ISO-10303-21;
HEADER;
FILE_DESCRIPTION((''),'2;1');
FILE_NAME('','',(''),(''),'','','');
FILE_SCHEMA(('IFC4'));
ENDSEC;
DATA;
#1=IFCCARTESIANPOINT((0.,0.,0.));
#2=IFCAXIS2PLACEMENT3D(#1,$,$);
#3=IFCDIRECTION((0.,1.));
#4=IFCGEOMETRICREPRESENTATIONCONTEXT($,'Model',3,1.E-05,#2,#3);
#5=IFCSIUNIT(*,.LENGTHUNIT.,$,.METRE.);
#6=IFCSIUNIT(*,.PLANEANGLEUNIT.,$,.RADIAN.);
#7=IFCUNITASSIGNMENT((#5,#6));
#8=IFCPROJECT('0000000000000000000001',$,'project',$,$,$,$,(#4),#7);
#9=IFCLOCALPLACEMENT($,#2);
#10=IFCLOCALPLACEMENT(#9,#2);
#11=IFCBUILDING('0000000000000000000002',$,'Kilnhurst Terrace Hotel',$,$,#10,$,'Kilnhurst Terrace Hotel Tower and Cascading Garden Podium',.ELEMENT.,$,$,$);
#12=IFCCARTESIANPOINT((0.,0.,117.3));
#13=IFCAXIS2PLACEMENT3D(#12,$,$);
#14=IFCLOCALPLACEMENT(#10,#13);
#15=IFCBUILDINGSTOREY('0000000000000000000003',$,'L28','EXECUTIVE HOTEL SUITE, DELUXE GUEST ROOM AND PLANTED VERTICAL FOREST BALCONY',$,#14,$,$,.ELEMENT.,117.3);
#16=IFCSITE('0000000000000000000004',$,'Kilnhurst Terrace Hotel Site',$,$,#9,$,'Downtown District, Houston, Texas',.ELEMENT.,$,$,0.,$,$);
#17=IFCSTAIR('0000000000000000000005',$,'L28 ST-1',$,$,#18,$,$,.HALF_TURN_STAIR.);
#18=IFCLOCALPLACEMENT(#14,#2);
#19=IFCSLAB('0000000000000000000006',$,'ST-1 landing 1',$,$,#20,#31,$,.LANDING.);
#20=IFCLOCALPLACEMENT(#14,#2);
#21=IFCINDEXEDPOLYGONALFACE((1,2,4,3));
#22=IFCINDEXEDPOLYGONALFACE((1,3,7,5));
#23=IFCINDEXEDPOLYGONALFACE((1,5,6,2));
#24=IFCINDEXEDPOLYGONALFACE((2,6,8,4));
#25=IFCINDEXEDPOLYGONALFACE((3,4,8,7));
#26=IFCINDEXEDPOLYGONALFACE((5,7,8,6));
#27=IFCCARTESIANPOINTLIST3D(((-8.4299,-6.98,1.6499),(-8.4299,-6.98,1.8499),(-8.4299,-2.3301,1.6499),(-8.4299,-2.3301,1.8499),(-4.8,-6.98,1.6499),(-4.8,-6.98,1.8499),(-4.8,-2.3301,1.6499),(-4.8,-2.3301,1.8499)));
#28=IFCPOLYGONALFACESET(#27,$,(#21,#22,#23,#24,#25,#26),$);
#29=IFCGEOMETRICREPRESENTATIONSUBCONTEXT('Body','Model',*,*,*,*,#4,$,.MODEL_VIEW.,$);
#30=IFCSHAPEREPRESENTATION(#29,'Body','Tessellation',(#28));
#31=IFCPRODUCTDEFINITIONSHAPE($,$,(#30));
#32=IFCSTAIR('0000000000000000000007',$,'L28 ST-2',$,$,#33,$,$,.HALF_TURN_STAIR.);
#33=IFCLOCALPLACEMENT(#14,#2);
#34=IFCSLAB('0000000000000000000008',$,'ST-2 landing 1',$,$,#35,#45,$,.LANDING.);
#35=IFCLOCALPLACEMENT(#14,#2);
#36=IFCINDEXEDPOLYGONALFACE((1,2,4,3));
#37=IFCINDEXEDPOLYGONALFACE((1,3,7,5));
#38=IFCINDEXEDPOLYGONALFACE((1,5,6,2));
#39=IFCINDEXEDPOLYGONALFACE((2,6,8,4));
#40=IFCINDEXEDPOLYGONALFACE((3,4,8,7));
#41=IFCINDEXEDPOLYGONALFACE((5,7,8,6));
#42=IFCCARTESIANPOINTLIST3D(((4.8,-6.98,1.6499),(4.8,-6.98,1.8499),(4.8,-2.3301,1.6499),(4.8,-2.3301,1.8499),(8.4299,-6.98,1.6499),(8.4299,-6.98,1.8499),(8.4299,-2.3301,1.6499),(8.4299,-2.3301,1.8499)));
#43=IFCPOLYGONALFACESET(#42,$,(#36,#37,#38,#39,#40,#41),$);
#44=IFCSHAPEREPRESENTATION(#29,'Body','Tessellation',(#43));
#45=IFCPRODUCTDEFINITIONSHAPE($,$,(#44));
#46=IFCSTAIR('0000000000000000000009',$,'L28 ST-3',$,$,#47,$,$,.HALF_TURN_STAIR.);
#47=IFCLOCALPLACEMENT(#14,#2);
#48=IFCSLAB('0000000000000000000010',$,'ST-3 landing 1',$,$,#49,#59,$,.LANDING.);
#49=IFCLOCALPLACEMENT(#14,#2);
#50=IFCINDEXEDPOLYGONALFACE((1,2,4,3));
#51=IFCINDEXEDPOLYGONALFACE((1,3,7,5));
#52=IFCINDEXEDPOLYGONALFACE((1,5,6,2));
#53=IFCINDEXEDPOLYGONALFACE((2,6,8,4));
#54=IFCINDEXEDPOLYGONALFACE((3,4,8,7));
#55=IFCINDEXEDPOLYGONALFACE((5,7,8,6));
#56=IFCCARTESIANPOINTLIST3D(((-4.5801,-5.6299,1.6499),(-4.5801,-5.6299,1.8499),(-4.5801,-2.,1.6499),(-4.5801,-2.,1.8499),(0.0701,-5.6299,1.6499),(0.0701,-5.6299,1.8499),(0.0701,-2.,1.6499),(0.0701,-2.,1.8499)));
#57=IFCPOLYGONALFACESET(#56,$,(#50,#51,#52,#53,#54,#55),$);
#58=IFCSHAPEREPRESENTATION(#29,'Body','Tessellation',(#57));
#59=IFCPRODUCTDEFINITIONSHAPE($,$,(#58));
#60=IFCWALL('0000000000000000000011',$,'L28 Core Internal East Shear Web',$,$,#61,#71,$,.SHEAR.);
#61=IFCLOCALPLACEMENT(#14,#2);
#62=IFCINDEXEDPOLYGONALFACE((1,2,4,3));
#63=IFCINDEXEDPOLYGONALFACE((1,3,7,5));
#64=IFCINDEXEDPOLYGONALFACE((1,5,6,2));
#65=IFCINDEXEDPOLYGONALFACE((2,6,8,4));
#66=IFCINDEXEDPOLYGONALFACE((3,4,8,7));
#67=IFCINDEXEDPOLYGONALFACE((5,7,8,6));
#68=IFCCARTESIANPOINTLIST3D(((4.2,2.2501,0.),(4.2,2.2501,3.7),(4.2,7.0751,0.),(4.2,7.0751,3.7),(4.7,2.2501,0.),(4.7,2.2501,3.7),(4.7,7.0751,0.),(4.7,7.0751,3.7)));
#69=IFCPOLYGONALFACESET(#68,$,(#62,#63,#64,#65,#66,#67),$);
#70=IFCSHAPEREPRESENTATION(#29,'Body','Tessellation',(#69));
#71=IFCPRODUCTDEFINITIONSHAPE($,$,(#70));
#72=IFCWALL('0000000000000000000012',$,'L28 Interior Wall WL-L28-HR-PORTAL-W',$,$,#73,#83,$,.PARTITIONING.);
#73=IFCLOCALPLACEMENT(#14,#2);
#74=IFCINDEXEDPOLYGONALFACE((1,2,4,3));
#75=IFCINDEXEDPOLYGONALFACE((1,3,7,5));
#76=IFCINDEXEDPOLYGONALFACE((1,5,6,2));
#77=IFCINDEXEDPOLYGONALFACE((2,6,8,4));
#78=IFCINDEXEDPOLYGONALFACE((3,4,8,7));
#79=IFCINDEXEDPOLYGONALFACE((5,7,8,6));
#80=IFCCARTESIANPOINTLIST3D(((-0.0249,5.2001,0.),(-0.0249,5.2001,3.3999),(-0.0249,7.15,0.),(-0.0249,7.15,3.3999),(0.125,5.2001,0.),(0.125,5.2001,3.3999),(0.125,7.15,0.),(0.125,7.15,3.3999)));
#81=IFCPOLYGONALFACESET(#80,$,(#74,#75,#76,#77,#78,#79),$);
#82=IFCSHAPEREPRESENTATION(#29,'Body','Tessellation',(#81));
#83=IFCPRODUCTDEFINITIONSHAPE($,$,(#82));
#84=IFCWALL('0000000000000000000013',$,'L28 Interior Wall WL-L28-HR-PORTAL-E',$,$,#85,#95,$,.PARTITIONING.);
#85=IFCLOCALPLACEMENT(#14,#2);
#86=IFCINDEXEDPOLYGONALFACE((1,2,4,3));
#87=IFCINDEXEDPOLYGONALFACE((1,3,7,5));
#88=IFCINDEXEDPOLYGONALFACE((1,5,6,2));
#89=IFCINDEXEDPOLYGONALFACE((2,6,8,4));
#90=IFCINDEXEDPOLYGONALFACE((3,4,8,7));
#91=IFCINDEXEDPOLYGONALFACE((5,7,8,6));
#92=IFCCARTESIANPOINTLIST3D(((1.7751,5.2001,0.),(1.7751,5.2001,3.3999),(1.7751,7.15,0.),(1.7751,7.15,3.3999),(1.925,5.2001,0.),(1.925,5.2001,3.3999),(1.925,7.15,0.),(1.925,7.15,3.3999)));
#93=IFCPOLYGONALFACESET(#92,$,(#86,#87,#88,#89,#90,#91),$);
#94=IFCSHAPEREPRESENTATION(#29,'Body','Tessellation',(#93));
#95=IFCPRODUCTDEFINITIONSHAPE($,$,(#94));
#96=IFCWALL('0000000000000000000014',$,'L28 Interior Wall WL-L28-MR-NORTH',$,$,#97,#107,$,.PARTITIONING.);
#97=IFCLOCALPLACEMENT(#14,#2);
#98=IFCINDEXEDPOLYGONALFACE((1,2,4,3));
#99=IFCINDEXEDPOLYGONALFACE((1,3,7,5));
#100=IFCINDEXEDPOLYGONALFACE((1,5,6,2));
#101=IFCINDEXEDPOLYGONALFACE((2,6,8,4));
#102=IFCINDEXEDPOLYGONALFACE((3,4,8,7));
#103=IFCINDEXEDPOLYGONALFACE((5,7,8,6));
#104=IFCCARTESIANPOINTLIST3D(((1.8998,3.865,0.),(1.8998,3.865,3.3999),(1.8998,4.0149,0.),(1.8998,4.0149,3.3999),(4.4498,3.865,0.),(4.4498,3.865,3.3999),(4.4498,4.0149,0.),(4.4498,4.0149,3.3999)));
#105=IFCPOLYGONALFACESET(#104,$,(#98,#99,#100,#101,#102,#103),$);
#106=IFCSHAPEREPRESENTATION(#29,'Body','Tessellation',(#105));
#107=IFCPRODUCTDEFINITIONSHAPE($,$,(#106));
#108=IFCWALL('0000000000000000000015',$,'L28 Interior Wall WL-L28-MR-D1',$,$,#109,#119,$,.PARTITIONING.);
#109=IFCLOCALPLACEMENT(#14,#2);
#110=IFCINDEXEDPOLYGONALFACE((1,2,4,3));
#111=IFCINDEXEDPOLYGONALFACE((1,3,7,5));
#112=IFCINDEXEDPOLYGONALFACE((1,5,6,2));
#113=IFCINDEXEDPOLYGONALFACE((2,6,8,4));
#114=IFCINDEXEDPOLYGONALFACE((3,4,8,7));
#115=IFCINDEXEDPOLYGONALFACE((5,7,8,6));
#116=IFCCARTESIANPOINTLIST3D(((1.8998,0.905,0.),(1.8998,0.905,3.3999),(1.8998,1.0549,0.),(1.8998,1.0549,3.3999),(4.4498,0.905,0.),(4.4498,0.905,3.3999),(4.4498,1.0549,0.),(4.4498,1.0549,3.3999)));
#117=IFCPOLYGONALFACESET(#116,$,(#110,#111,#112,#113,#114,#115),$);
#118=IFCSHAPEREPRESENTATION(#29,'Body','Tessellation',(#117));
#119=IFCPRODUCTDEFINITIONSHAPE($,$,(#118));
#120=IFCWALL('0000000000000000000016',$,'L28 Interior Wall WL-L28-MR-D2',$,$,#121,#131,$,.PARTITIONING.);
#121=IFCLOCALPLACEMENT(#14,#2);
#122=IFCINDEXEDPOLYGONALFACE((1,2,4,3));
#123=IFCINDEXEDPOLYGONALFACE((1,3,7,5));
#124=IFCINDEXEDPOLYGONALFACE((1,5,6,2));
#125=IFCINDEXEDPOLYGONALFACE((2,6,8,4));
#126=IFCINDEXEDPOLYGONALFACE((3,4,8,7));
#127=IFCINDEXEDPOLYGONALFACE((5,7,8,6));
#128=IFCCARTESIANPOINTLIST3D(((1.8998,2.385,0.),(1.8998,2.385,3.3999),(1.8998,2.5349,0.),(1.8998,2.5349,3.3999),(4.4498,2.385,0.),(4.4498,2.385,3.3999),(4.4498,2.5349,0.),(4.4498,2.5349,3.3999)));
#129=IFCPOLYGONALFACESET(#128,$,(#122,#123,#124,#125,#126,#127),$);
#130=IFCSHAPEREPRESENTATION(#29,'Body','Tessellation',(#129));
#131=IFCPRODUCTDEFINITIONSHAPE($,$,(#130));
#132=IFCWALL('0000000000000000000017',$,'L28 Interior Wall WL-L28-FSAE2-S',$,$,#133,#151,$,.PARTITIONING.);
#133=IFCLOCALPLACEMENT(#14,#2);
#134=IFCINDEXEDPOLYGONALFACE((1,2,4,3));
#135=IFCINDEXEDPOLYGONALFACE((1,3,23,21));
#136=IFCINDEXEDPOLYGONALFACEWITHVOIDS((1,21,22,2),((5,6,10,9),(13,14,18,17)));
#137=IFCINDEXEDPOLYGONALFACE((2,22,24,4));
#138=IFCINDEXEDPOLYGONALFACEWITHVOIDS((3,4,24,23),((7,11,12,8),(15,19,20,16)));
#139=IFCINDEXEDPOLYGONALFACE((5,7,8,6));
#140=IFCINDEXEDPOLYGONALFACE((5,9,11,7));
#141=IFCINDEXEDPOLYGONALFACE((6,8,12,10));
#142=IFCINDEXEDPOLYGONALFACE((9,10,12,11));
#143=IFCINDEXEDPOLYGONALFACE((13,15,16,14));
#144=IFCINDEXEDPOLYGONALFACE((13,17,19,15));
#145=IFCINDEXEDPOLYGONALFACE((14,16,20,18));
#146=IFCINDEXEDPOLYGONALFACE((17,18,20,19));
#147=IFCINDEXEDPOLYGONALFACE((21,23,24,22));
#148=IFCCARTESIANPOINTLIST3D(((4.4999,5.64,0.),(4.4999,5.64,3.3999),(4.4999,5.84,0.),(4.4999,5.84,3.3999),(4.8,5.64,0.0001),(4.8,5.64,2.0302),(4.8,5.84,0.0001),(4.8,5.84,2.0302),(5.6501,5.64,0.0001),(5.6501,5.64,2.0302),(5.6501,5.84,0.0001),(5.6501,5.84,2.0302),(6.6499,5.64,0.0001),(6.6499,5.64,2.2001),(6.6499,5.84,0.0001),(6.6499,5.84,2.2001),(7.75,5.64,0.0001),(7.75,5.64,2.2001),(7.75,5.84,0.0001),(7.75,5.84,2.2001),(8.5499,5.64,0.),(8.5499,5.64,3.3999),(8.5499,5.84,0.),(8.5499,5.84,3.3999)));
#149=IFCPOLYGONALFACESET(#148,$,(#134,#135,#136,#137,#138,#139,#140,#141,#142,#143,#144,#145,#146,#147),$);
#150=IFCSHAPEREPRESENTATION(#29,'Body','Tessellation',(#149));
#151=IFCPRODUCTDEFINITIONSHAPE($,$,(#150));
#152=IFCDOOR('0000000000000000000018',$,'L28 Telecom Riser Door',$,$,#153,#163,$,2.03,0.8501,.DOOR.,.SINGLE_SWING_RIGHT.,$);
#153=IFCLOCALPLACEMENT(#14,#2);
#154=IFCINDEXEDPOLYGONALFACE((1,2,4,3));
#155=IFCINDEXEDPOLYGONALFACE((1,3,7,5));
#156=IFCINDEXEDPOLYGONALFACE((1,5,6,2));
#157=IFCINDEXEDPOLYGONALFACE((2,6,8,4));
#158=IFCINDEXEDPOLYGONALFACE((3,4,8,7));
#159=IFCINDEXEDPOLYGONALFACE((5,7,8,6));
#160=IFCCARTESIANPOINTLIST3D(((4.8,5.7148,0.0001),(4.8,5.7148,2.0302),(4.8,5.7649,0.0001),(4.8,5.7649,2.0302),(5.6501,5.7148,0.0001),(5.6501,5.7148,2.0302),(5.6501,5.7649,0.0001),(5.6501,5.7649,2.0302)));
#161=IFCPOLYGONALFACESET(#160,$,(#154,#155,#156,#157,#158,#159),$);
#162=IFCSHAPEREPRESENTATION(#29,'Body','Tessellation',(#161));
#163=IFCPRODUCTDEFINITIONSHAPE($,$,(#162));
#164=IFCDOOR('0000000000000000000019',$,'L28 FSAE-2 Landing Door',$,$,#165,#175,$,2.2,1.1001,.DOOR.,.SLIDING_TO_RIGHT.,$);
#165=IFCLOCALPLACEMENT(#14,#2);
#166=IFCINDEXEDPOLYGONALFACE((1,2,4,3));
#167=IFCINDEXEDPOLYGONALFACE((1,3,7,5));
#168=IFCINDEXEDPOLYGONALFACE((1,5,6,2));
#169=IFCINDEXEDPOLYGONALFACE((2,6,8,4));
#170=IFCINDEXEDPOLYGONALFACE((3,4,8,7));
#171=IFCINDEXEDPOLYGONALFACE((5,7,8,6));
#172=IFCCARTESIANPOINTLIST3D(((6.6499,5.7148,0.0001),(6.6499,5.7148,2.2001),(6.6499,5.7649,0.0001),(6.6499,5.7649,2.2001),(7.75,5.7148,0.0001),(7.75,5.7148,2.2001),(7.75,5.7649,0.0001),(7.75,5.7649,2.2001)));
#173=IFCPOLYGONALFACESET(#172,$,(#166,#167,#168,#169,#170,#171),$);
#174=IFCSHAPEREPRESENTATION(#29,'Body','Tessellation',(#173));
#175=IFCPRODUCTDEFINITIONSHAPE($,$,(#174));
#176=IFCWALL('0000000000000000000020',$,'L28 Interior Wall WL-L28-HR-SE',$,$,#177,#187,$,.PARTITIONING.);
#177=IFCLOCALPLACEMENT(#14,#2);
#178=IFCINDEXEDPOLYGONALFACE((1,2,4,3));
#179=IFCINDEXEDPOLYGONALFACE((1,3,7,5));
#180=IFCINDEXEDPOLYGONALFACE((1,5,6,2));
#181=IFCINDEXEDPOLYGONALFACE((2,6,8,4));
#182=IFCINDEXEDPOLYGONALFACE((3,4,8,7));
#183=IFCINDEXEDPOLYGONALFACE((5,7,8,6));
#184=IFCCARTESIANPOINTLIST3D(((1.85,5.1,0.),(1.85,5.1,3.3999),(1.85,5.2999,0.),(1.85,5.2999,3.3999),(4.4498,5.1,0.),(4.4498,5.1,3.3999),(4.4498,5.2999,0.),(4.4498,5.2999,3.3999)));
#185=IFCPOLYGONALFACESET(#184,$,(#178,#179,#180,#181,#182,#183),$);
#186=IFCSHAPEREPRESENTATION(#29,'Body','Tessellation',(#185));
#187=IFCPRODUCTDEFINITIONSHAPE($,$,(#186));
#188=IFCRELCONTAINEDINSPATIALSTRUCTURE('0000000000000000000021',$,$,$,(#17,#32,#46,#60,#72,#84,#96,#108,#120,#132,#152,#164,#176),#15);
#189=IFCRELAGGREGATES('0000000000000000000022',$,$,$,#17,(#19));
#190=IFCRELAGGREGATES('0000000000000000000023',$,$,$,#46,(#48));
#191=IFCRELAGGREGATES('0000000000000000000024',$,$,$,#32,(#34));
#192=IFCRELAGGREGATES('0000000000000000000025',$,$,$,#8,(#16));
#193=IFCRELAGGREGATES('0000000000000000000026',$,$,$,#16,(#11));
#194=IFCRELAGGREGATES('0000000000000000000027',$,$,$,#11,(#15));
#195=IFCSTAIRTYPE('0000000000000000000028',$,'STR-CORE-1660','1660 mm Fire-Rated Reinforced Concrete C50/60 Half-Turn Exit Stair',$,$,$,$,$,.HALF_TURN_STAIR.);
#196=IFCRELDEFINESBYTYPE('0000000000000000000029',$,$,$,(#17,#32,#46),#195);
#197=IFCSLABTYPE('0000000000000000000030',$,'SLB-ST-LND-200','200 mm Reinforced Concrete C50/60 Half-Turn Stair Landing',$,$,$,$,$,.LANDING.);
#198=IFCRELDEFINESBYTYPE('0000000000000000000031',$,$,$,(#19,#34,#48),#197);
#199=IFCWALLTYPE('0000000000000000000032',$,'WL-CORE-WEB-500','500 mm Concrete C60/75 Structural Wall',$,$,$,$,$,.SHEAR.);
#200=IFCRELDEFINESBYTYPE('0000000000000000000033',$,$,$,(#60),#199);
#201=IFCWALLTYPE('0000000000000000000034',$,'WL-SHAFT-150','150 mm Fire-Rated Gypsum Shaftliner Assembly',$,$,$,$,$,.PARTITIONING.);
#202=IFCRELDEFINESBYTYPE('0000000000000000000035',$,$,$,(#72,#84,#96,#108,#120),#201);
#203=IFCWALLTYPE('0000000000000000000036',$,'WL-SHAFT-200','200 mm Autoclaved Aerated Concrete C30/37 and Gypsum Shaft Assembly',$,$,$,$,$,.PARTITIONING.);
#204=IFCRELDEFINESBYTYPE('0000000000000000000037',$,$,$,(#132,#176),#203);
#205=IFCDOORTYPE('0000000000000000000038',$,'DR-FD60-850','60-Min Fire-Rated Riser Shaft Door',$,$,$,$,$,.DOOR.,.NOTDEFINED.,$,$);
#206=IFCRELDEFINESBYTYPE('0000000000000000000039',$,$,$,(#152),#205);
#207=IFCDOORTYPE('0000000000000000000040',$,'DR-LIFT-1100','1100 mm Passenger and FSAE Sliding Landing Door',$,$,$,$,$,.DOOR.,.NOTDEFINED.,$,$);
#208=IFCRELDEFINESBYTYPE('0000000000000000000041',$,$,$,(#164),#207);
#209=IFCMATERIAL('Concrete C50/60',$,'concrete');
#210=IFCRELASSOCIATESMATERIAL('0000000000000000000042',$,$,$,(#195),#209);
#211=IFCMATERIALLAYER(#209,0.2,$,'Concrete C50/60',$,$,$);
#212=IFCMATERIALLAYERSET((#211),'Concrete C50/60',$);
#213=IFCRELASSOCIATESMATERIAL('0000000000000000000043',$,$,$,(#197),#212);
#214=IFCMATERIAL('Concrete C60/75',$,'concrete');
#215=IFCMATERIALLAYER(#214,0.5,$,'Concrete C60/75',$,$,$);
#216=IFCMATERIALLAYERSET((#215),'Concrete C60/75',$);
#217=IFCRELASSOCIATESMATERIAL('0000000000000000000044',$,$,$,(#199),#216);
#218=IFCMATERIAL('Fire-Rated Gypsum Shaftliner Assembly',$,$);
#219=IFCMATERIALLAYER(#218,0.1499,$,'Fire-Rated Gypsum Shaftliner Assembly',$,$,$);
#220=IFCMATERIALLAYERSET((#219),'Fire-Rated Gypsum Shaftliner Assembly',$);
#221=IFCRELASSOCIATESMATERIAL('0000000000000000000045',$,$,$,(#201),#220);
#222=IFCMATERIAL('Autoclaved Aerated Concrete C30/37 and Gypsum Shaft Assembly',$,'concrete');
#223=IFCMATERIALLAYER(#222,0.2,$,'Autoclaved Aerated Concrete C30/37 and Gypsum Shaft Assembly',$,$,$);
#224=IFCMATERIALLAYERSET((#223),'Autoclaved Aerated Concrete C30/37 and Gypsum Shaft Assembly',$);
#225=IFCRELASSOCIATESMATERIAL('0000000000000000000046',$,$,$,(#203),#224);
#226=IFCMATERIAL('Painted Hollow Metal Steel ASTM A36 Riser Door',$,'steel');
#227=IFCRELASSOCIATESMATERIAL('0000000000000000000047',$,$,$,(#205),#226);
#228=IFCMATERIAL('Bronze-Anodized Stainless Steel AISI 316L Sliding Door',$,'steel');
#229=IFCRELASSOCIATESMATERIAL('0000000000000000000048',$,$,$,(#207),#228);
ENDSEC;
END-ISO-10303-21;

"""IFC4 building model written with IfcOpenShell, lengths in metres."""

from ifc_helpers import new_model, si_unit, direction, frame, frame_2d, origin, place, context, subcontext, project, spatial, polyline, rectangle, outline, extrude, material, layer, layer_set, type_object, element, fill, aggregate, save


model = new_model("IFC4")

# Units and contexts
model_context = context("Model", 3, precision=1e-05, world=origin(), true_north=direction((0.0, 1.0)))
body_context = subcontext(model_context, "Body", "Model", "MODEL_VIEW")
ifc_project = project(units=[si_unit("LENGTHUNIT", "METRE"), si_unit("PLANEANGLEUNIT", "RADIAN")], contexts=[model_context])

# Site, building, storey
site_placement = place(None, origin())
site = spatial("IfcSite", under=ifc_project, at=site_placement, Name="Kilnhurst Terrace Hotel Site", LongName="Downtown District, Houston, Texas", CompositionType="ELEMENT", RefElevation=0.0)
building_placement = place(site_placement, origin())
building = spatial("IfcBuilding", under=site, at=building_placement, Name="Kilnhurst Terrace Hotel", LongName="Kilnhurst Terrace Hotel Tower and Cascading Garden Podium", CompositionType="ELEMENT")
storey_placement = place(building_placement, frame((0.0, 0.0, 117.3)))
storey = spatial("IfcBuildingStorey", under=building, at=storey_placement, Name="L28", Description="EXECUTIVE HOTEL SUITE, DELUXE GUEST ROOM AND PLANTED VERTICAL FOREST BALCONY", CompositionType="ELEMENT", Elevation=117.3)

# Stairs, slabs
ifc_material_1 = material(Name="Concrete C50/60", Category="concrete")
stair_type = type_object("IfcStairType", Name="STR-CORE-1660", Description="1660 mm Fire-Rated Reinforced Concrete C50/60 Half-Turn Exit Stair", PredefinedType="HALF_TURN_STAIR", material=ifc_material_1)
stair_1_placement = place(storey_placement, origin())
stair_1 = element("IfcStair", 1, at=stair_1_placement, inside=storey, type_object=stair_type, Name="L28 ST-1", PredefinedType="HALF_TURN_STAIR")
ifc_layer_1 = layer(ifc_material_1, 0.2, Name="Concrete C50/60")
ifc_layer_set_1 = layer_set([ifc_layer_1], Name="Concrete C50/60")
slab_type = type_object("IfcSlabType", Name="SLB-ST-LND-200", Description="200 mm Reinforced Concrete C50/60 Half-Turn Stair Landing", PredefinedType="LANDING", material=ifc_layer_set_1)
slab_1_placement = place(storey_placement, frame((0.0, 0.0, 1.6499)))
slab_1 = element("IfcSlab", 2, at=slab_1_placement, type_object=slab_type, Name="ST-1 landing 1", PredefinedType="LANDING", context=body_context, shape_type="SweptSolid", body=[
    extrude(outline(polyline([(-8.4299, -2.3301), (-4.8, -2.3301), (-4.8, -6.98), (-8.4299, -6.98), (-8.4299, -2.3301)])), origin(), (0.0, 0.0, 1.0), 0.2),
])
aggregate(stair_1, [slab_1])
stair_2_placement = place(storey_placement, origin())
stair_2 = element("IfcStair", 3, at=stair_2_placement, inside=storey, type_object=stair_type, Name="L28 ST-2", PredefinedType="HALF_TURN_STAIR")
slab_2_placement = place(storey_placement, frame((0.0, 0.0, 1.6499)))
slab_2 = element("IfcSlab", 4, at=slab_2_placement, type_object=slab_type, Name="ST-2 landing 1", PredefinedType="LANDING", context=body_context, shape_type="SweptSolid", body=[
    extrude(outline(polyline([(4.8, -2.3301), (8.4299, -2.3301), (8.4299, -6.98), (4.8, -6.98), (4.8, -2.3301)])), origin(), (0.0, 0.0, 1.0), 0.2),
])
stair_3_placement = place(storey_placement, origin())
stair_3 = element("IfcStair", 5, at=stair_3_placement, inside=storey, type_object=stair_type, Name="L28 ST-3", PredefinedType="HALF_TURN_STAIR")
slab_3_placement = place(storey_placement, frame((0.0, 0.0, 1.6499)))
slab_3 = element("IfcSlab", 6, at=slab_3_placement, type_object=slab_type, Name="ST-3 landing 1", PredefinedType="LANDING", context=body_context, shape_type="SweptSolid", body=[
    extrude(outline(polyline([(0.0701, -2.0), (0.0701, -5.6299), (-4.5801, -5.6299), (-4.5801, -2.0), (0.0701, -2.0)])), origin(), (0.0, 0.0, 1.0), 0.2),
])
aggregate(stair_3, [slab_3])

# Walls
ifc_material_2 = material(Name="Concrete C60/75", Category="concrete")
ifc_layer_2 = layer(ifc_material_2, 0.5, Name="Concrete C60/75")
ifc_layer_set_2 = layer_set([ifc_layer_2], Name="Concrete C60/75")
wall_type_1 = type_object("IfcWallType", Name="WL-CORE-WEB-500", Description="500 mm Concrete C60/75 Structural Wall", PredefinedType="SHEAR", material=ifc_layer_set_2)
wall_1_placement = place(storey_placement, frame((4.45, 2.25, 0.0), z_axis=(0.0, 0.0, 1.0), x_axis=(0.0, 1.0, 0.0)))
element("IfcWall", 7, at=wall_1_placement, inside=storey, type_object=wall_type_1, Name="L28 Core Internal East Shear Web", PredefinedType="SHEAR", context=body_context, shape_type="SweptSolid", body=[
    extrude(rectangle(XDim=4.825, YDim=0.5, at=frame_2d((2.4126, 0.0))), origin(), (0.0, 0.0, 1.0), 3.7),
])
ifc_material_3 = material(Name="Fire-Rated Gypsum Shaftliner Assembly")
ifc_layer_3 = layer(ifc_material_3, 0.1499, Name="Fire-Rated Gypsum Shaftliner Assembly")
ifc_layer_set_3 = layer_set([ifc_layer_3], Name="Fire-Rated Gypsum Shaftliner Assembly")
wall_type_2 = type_object("IfcWallType", Name="WL-SHAFT-150", Description="150 mm Fire-Rated Gypsum Shaftliner Assembly", PredefinedType="PARTITIONING", material=ifc_layer_set_3)
for number, where, z_axis, x_axis, name in (
    (8, (0.05, 5.2, 0.0), (0.0, 0.0, 1.0), (0.0, 1.0, 0.0), "L28 Interior Wall WL-L28-HR-PORTAL-W"),
    (9, (1.8501, 5.2, 0.0), (0.0, 0.0, 1.0), (0.0, 1.0, 0.0), "L28 Interior Wall WL-L28-HR-PORTAL-E"),
):
    element("IfcWall", number, at=place(storey_placement, frame(where, z_axis=z_axis, x_axis=x_axis)), inside=storey, type_object=wall_type_2, Name=name, PredefinedType="PARTITIONING", context=body_context, shape_type="SweptSolid", body=[
        extrude(rectangle(XDim=1.95, YDim=0.1499, at=frame_2d((0.9751, 0.0))), origin(), (0.0, 0.0, 1.0), 3.3999),
    ])
for number, where, z_axis, x_axis, name in (
    (10, (1.8999, 3.9399, 0.0), (0.0, 0.0, 1.0), (1.0, 0.0, 0.0), "L28 Interior Wall WL-L28-MR-NORTH"),
    (11, (1.8999, 0.98, 0.0), (0.0, 0.0, 1.0), (1.0, 0.0, 0.0), "L28 Interior Wall WL-L28-MR-D1"),
    (12, (1.8999, 2.46, 0.0), (0.0, 0.0, 1.0), (1.0, 0.0, 0.0), "L28 Interior Wall WL-L28-MR-D2"),
):
    element("IfcWall", number, at=place(storey_placement, frame(where, z_axis=z_axis, x_axis=x_axis)), inside=storey, type_object=wall_type_2, Name=name, PredefinedType="PARTITIONING", context=body_context, shape_type="SweptSolid", body=[
        extrude(rectangle(XDim=2.55, YDim=0.1499, at=frame_2d((1.2749, 0.0))), origin(), (0.0, 0.0, 1.0), 3.3999),
    ])

# Wall, openings, doors
ifc_material_4 = material(Name="Autoclaved Aerated Concrete C30/37 and Gypsum Shaft Assembly", Category="concrete")
ifc_layer_4 = layer(ifc_material_4, 0.2, Name="Autoclaved Aerated Concrete C30/37 and Gypsum Shaft Assembly")
ifc_layer_set_4 = layer_set([ifc_layer_4], Name="Autoclaved Aerated Concrete C30/37 and Gypsum Shaft Assembly")
wall_type_3 = type_object("IfcWallType", Name="WL-SHAFT-200", Description="200 mm Autoclaved Aerated Concrete C30/37 and Gypsum Shaft Assembly", PredefinedType="PARTITIONING", material=ifc_layer_set_4)
wall_2_placement = place(storey_placement, frame((4.5, 5.74, 0.0), z_axis=(0.0, 0.0, 1.0), x_axis=(1.0, 0.0, 0.0)))
wall_2 = element("IfcWall", 13, at=wall_2_placement, inside=storey, type_object=wall_type_3, Name="L28 Interior Wall WL-L28-FSAE2-S", PredefinedType="PARTITIONING", context=body_context, shape_type="SweptSolid", body=[
    extrude(rectangle(XDim=4.05, YDim=0.2, at=frame_2d((2.0249, 0.0))), origin(), (0.0, 0.0, 1.0), 3.3999),
])
opening_1_placement = place(wall_2_placement, frame((0.3, 0.0, 0.0)))
opening_1 = element("IfcOpeningElement", 14, at=opening_1_placement, cuts=wall_2, PredefinedType="OPENING", context=body_context, shape_type="SweptSolid", body=[
    extrude(rectangle(XDim=0.8501, YDim=2.03, at=frame_2d((0.425, 1.0151))), frame((0.0, 0.1099, 0.0), z_axis=(0.0, -1.0, 0.0), x_axis=(1.0, 0.0, 0.0)), (0.0, 0.0, 1.0), 0.22),
])
opening_2_placement = place(wall_2_placement, frame((2.1499, 0.0, 0.0)))
opening_2 = element("IfcOpeningElement", 15, at=opening_2_placement, cuts=wall_2, PredefinedType="OPENING", context=body_context, shape_type="SweptSolid", body=[
    extrude(rectangle(XDim=1.1001, YDim=2.2, at=frame_2d((0.55, 1.1001))), frame((0.0, 0.1099, 0.0), z_axis=(0.0, -1.0, 0.0), x_axis=(1.0, 0.0, 0.0)), (0.0, 0.0, 1.0), 0.22),
])
ifc_material_5 = material(Name="Painted Hollow Metal Steel ASTM A36 Riser Door", Category="steel")
door_type_1 = type_object("IfcDoorType", Name="DR-FD60-850", Description="60-Min Fire-Rated Riser Shaft Door", OperationType="NOTDEFINED", PredefinedType="DOOR", material=ifc_material_5)
door_1_placement = place(opening_1_placement, origin())
door_1 = element("IfcDoor", 16, at=door_1_placement, inside=storey, type_object=door_type_1, Name="L28 Telecom Riser Door", OperationType="SINGLE_SWING_RIGHT", OverallHeight=2.03, OverallWidth=0.8501, PredefinedType="DOOR", context=body_context, shape_type="SweptSolid", body=[
    extrude(rectangle(XDim=0.8501, YDim=2.03, at=frame_2d((0.425, 1.0151))), frame((0.0, 0.0249, 0.0), z_axis=(0.0, -1.0, 0.0), x_axis=(1.0, 0.0, 0.0)), (0.0, 0.0, 1.0), 0.05),
])
fill(opening_1, door_1)
ifc_material_6 = material(Name="Bronze-Anodized Stainless Steel AISI 316L Sliding Door", Category="steel")
door_type_2 = type_object("IfcDoorType", Name="DR-LIFT-1100", Description="1100 mm Passenger and FSAE Sliding Landing Door", OperationType="NOTDEFINED", PredefinedType="DOOR", material=ifc_material_6)
door_2_placement = place(opening_2_placement, origin())
door_2 = element("IfcDoor", 17, at=door_2_placement, inside=storey, type_object=door_type_2, Name="L28 FSAE-2 Landing Door", OperationType="SLIDING_TO_RIGHT", OverallHeight=2.2, OverallWidth=1.1001, PredefinedType="DOOR", context=body_context, shape_type="SweptSolid", body=[
    extrude(rectangle(XDim=1.1001, YDim=2.2, at=frame_2d((0.55, 1.1001))), frame((0.0, 0.0249, 0.0), z_axis=(0.0, -1.0, 0.0), x_axis=(1.0, 0.0, 0.0)), (0.0, 0.0, 1.0), 0.05),
])
fill(opening_2, door_2)

# Wall
wall_3_placement = place(storey_placement, frame((1.8501, 5.2, 0.0), z_axis=(0.0, 0.0, 1.0), x_axis=(1.0, 0.0, 0.0)))
element("IfcWall", 18, at=wall_3_placement, inside=storey, type_object=wall_type_3, Name="L28 Interior Wall WL-L28-HR-SE", PredefinedType="PARTITIONING", context=body_context, shape_type="SweptSolid", body=[
    extrude(rectangle(XDim=2.5999, YDim=0.2, at=frame_2d((1.2998, 0.0))), origin(), (0.0, 0.0, 1.0), 3.3999),
])

aggregate(stair_2, [slab_2])

save(model, "model.ifc")
